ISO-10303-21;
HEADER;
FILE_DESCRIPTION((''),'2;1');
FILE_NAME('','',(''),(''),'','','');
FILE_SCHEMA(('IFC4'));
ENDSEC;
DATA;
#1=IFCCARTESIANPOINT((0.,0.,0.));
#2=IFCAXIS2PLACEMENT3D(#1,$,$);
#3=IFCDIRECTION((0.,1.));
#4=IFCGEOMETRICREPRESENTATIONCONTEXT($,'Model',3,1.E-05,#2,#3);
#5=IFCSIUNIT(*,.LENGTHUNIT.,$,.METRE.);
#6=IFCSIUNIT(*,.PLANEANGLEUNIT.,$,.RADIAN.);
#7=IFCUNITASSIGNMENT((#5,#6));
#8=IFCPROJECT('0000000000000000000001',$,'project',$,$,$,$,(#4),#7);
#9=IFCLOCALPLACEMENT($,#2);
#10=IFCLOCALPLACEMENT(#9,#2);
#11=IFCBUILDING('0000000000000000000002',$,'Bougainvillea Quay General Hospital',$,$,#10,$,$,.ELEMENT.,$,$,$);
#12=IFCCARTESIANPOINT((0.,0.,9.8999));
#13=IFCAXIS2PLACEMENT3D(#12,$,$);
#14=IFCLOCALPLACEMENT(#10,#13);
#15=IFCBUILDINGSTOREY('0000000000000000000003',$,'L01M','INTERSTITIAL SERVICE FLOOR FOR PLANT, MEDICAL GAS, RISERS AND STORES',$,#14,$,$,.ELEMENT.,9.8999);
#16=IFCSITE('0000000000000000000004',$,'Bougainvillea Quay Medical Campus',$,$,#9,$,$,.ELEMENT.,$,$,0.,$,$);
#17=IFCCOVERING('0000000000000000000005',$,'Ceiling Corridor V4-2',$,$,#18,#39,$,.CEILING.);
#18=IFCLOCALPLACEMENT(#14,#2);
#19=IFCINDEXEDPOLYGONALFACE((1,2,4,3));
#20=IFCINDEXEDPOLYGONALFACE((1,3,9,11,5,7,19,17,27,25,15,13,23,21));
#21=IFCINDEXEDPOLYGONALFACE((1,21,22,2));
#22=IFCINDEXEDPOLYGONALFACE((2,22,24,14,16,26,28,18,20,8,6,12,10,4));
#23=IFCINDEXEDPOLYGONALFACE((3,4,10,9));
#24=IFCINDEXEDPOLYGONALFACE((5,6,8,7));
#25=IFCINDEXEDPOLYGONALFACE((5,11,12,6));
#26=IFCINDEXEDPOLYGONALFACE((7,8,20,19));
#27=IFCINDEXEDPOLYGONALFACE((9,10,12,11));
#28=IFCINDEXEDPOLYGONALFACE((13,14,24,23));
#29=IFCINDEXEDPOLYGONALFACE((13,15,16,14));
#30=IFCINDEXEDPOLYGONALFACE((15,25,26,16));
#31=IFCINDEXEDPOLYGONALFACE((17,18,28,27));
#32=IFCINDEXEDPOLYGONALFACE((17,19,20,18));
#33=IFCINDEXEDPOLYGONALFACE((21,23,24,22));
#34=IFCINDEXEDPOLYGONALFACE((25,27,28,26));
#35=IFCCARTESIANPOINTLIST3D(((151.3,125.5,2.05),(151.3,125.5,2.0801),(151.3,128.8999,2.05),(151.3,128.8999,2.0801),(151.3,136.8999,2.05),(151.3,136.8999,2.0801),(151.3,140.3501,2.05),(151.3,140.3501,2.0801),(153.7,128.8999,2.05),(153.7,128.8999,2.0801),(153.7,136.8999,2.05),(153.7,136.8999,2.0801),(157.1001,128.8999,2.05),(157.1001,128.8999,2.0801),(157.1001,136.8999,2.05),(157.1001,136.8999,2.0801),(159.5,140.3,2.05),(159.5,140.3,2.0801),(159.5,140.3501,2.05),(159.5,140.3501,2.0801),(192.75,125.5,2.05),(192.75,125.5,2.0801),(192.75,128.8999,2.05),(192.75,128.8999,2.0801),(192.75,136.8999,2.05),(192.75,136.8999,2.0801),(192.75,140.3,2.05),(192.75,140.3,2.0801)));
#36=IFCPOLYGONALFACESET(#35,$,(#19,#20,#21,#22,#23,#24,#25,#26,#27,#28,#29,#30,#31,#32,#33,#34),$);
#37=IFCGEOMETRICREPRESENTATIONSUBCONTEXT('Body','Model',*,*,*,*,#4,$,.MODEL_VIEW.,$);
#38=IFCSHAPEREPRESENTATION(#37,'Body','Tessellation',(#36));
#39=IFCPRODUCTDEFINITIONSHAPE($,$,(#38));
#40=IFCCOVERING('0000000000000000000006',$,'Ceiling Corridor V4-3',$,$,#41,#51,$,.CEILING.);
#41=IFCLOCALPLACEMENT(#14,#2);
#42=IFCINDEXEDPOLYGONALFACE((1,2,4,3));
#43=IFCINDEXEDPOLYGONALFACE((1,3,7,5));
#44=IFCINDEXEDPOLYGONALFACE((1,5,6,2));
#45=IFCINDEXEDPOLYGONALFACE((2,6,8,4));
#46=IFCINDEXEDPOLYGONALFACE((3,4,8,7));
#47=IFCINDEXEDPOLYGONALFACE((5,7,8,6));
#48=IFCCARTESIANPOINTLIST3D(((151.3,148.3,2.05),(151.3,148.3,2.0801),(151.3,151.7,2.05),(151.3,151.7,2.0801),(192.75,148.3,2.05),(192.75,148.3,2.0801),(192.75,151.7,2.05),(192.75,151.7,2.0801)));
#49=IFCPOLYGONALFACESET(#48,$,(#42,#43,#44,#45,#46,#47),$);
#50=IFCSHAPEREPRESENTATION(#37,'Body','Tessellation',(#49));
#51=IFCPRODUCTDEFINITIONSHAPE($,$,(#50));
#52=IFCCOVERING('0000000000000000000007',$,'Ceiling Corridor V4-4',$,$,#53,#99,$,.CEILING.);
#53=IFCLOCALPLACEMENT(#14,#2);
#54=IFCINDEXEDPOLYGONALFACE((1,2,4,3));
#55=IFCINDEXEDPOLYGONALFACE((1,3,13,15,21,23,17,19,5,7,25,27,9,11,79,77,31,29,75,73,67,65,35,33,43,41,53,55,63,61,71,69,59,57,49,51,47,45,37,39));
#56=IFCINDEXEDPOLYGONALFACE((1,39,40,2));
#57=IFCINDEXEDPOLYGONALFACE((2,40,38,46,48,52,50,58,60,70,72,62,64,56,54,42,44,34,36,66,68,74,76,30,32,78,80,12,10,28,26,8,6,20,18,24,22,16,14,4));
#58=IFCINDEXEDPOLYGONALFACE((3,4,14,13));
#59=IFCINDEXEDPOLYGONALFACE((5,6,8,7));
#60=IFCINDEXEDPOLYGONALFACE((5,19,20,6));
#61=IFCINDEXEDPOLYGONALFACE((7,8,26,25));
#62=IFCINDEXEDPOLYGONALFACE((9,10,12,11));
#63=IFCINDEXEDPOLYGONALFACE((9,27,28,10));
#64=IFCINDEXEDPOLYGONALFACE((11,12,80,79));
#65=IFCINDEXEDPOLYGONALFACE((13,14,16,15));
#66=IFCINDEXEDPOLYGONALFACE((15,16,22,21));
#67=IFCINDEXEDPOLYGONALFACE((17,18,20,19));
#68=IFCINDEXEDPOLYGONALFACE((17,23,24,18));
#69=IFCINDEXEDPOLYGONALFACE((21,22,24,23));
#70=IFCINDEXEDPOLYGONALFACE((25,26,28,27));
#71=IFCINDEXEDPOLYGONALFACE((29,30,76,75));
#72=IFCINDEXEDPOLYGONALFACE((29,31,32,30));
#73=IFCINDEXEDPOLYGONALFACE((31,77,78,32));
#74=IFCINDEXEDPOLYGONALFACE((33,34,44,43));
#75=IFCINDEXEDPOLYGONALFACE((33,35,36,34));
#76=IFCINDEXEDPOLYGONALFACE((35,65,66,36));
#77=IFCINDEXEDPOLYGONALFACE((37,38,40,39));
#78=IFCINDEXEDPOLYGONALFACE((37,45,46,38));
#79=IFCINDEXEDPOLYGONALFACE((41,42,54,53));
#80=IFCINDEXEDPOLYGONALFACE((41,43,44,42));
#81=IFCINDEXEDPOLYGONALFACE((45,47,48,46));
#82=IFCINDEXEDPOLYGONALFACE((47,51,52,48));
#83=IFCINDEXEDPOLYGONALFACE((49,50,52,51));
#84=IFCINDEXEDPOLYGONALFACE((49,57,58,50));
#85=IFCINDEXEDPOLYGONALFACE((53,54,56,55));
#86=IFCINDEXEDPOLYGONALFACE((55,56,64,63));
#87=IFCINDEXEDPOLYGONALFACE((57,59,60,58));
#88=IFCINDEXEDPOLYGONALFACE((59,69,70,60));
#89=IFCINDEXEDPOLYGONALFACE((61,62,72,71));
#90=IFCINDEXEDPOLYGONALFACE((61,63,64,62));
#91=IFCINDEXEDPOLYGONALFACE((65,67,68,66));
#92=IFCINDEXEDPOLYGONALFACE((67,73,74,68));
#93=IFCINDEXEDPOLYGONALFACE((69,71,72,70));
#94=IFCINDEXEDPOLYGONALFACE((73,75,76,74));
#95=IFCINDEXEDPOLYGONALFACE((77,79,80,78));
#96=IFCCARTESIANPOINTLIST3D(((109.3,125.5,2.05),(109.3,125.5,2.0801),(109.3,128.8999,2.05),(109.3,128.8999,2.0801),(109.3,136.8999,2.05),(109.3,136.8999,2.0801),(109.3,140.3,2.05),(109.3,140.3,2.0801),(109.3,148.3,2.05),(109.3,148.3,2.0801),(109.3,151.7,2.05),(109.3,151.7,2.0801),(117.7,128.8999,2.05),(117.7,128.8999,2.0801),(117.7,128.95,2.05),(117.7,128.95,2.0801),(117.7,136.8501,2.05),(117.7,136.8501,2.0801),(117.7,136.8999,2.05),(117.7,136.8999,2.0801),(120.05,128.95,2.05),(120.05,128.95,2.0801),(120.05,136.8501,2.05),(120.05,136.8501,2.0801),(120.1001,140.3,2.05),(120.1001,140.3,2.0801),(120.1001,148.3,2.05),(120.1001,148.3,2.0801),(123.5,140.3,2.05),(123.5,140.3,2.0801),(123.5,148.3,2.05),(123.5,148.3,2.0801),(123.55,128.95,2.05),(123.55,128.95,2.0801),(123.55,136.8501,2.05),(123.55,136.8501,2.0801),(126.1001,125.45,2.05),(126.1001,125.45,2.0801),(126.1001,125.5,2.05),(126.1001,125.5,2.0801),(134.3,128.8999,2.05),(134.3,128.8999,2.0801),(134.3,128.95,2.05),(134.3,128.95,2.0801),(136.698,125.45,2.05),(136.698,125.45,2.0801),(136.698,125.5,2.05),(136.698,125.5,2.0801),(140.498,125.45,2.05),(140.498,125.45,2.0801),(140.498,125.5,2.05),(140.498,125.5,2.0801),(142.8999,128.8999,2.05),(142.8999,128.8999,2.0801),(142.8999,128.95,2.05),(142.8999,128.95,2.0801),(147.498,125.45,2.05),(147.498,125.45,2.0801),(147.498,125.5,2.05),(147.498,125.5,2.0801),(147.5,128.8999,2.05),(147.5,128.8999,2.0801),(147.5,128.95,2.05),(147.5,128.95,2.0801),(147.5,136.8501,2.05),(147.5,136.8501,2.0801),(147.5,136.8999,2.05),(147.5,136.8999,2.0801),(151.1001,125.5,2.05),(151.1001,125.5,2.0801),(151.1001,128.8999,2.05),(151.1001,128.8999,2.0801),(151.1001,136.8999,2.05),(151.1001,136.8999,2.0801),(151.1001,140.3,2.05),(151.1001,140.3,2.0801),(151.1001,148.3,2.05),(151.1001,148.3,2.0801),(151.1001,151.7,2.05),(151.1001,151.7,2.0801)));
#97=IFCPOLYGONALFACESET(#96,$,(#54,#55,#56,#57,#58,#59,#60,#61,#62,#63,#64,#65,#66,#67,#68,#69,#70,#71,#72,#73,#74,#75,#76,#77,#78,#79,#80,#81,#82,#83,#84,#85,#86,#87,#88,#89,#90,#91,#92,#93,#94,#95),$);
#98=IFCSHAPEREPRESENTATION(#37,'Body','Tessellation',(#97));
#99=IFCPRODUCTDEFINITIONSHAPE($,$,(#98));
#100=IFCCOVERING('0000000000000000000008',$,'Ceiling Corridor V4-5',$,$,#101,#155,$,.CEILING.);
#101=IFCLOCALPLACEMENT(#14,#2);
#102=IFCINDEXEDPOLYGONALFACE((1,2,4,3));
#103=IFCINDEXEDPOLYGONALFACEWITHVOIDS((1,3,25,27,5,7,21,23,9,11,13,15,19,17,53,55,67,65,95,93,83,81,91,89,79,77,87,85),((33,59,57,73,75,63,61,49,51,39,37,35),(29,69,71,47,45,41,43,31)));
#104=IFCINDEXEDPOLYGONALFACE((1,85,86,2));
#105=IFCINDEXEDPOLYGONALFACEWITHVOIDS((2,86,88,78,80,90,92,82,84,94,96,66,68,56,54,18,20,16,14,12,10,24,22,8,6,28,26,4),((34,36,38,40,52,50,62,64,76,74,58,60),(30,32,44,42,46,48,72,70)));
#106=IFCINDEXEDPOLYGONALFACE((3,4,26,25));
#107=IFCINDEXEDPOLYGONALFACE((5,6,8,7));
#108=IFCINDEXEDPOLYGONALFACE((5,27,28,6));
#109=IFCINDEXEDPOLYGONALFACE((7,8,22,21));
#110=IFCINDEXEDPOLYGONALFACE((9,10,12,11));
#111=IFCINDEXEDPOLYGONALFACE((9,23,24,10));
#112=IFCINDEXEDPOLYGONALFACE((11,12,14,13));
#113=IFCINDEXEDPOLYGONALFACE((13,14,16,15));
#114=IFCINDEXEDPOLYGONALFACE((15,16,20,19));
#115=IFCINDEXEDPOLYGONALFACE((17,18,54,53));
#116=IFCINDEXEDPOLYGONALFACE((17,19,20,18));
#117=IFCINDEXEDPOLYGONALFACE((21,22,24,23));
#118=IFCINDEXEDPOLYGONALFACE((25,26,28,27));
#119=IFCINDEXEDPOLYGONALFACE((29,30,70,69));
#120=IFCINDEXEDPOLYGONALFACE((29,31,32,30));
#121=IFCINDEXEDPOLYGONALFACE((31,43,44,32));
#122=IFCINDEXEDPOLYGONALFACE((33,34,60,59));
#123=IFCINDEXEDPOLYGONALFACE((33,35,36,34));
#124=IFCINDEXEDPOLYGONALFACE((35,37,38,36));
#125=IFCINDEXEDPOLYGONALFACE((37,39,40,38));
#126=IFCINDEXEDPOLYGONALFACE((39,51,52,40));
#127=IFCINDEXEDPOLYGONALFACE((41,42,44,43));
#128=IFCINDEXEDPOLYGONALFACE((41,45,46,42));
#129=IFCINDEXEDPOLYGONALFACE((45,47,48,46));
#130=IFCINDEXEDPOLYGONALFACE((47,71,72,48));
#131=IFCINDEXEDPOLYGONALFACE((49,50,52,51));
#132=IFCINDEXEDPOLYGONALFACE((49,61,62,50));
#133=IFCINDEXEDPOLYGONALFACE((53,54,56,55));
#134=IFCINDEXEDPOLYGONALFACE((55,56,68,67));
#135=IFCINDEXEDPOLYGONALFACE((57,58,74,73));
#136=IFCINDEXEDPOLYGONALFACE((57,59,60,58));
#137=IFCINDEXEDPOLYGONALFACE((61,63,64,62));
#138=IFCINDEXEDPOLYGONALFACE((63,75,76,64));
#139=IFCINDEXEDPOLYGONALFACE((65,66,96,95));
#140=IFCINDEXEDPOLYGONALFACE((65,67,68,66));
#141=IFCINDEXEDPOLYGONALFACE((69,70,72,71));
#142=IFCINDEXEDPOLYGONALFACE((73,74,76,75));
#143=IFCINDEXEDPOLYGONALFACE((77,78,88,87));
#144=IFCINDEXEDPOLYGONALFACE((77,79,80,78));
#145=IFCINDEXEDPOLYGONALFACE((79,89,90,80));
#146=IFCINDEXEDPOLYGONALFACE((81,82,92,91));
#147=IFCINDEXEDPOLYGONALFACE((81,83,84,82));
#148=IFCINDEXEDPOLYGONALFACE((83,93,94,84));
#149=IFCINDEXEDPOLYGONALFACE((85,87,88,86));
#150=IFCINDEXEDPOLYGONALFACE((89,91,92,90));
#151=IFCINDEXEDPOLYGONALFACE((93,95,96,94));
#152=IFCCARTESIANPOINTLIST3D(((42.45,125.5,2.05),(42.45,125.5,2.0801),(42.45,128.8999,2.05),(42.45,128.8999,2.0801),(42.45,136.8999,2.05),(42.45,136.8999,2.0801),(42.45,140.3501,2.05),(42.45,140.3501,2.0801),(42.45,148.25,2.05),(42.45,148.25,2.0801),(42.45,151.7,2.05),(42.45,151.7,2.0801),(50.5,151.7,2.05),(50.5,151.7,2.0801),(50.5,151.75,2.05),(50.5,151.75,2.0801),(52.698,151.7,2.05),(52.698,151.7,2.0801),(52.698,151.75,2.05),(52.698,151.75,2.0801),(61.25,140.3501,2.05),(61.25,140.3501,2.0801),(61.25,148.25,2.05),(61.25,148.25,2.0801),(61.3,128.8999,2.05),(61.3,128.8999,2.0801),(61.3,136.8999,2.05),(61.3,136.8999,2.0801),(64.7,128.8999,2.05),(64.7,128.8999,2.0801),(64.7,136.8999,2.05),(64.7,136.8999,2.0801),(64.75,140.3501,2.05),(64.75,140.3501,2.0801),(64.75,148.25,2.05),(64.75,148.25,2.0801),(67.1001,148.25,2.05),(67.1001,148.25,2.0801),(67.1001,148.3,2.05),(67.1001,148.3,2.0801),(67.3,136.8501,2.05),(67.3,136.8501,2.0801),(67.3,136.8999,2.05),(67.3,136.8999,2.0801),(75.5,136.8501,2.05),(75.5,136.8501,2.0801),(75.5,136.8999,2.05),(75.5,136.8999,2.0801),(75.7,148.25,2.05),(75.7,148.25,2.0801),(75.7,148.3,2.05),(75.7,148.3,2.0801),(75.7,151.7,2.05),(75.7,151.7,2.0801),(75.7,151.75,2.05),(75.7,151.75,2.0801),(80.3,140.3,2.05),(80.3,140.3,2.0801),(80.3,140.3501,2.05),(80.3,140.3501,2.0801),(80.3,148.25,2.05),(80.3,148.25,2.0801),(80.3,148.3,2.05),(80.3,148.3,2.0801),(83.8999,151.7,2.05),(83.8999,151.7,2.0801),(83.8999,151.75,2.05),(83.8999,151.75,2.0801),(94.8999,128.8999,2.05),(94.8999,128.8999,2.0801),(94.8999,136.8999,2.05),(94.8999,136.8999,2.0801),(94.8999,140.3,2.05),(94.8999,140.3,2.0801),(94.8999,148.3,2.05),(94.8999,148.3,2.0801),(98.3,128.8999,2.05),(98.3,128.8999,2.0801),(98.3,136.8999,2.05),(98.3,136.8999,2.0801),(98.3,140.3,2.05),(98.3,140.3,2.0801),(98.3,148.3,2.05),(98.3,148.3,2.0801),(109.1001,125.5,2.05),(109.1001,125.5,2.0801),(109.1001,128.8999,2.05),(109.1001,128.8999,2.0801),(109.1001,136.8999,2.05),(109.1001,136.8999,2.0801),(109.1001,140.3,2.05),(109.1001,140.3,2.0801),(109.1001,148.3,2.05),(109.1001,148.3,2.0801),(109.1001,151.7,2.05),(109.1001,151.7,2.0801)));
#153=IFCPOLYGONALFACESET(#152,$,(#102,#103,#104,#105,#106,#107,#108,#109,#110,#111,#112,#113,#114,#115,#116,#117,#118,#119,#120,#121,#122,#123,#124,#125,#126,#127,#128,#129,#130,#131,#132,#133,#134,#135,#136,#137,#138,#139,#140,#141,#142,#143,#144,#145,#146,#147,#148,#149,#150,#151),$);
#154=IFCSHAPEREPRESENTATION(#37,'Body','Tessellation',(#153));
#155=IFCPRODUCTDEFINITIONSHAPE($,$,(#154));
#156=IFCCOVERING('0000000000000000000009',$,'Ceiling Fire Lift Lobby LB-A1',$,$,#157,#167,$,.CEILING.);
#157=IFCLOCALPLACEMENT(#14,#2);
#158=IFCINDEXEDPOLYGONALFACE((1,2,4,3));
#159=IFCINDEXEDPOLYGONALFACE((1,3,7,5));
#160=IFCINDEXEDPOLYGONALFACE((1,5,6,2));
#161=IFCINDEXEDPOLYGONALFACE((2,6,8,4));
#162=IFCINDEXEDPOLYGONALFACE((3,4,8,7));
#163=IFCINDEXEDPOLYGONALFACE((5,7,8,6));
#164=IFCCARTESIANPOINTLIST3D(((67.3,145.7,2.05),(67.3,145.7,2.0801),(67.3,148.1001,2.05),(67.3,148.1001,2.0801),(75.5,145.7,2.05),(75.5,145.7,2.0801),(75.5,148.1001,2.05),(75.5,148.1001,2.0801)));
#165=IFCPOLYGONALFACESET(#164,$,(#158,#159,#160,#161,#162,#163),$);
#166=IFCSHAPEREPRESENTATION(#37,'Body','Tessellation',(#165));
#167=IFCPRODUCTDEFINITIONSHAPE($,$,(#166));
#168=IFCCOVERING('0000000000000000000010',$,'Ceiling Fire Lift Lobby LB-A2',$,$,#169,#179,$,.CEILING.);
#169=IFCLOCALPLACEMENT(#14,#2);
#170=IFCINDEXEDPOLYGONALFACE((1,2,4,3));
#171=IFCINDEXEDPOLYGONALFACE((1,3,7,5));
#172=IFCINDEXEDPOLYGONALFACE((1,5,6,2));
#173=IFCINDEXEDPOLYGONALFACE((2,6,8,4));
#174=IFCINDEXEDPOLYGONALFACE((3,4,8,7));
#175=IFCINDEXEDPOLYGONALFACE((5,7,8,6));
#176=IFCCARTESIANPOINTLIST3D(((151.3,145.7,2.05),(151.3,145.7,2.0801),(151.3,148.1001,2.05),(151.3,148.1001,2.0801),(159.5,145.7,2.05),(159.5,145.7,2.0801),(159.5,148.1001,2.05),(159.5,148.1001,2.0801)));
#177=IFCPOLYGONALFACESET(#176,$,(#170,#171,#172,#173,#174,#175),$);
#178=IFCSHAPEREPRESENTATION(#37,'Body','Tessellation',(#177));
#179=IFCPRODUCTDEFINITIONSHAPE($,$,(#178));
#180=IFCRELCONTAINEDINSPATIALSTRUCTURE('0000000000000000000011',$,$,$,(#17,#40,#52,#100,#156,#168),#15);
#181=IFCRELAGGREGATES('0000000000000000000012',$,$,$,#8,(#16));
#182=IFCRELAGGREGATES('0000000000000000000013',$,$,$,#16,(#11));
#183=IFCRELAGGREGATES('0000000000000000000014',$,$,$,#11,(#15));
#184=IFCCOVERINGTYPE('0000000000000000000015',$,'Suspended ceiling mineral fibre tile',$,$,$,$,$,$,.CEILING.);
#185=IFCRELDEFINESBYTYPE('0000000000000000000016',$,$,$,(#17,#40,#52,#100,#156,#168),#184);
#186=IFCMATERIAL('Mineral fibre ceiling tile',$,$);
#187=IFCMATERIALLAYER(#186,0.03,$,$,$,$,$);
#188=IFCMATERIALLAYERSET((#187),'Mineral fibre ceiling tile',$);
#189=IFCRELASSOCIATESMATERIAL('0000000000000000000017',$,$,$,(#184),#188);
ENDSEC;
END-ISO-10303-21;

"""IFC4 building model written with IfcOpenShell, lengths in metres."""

from ifc_helpers import new_model, si_unit, direction, frame, origin, place, context, subcontext, project, spatial, polyline, outline, extrude, material, layer, layer_set, type_object, element, save


model = new_model("IFC4")

# Units and contexts
model_context = context("Model", 3, precision=1e-05, world=origin(), true_north=direction((0.0, 1.0)))
body_context = subcontext(model_context, "Body", "Model", "MODEL_VIEW")
ifc_project = project(units=[si_unit("LENGTHUNIT", "METRE"), si_unit("PLANEANGLEUNIT", "RADIAN")], contexts=[model_context])

# Site, building, storey
site_placement = place(None, origin())
site = spatial("IfcSite", under=ifc_project, at=site_placement, Name="Bougainvillea Quay Medical Campus", CompositionType="ELEMENT", RefElevation=0.0)
building_placement = place(site_placement, origin())
building = spatial("IfcBuilding", under=site, at=building_placement, Name="Bougainvillea Quay General Hospital", CompositionType="ELEMENT")
storey_placement = place(building_placement, frame((0.0, 0.0, 9.8999)))
storey = spatial("IfcBuildingStorey", under=building, at=storey_placement, Name="L01M", Description="INTERSTITIAL SERVICE FLOOR FOR PLANT, MEDICAL GAS, RISERS AND STORES", CompositionType="ELEMENT", Elevation=9.8999)

# Coverings
ifc_material = material(Name="Mineral fibre ceiling tile")
ifc_layer = layer(ifc_material, 0.03)
ifc_layer_set = layer_set([ifc_layer], Name="Mineral fibre ceiling tile")
covering_type = type_object("IfcCoveringType", Name="Suspended ceiling mineral fibre tile", PredefinedType="CEILING", material=ifc_layer_set)
covering_1_placement = place(storey_placement, frame((0.0, 0.0, 2.05)))
element("IfcCovering", 1, at=covering_1_placement, inside=storey, type_object=covering_type, Name="Ceiling Corridor V4-2", PredefinedType="CEILING", context=body_context, shape_type="SweptSolid", body=[
    extrude(outline(polyline([(192.75, 136.8999), (192.75, 140.3), (159.5, 140.3), (159.5, 140.3501), (151.3, 140.3501), (151.3, 136.8999), (153.7, 136.8999), (153.7, 128.8999), (151.3, 128.8999), (151.3, 125.5), (192.75, 125.5), (192.75, 128.8999), (157.1001, 128.8999), (157.1001, 136.8999), (192.75, 136.8999)])), origin(), (0.0, 0.0, 1.0), 0.03),
])
covering_2_placement = place(storey_placement, frame((0.0, 0.0, 2.05)))
element("IfcCovering", 2, at=covering_2_placement, inside=storey, type_object=covering_type, Name="Ceiling Corridor V4-3", PredefinedType="CEILING", context=body_context, shape_type="SweptSolid", body=[
    extrude(outline(polyline([(192.75, 148.3), (192.75, 151.7), (151.3, 151.7), (151.3, 148.3), (192.75, 148.3)])), origin(), (0.0, 0.0, 1.0), 0.03),
])
covering_3_placement = place(storey_placement, frame((0.0, 0.0, 2.05)))
element("IfcCovering", 3, at=covering_3_placement, inside=storey, type_object=covering_type, Name="Ceiling Corridor V4-4", PredefinedType="CEILING", context=body_context, shape_type="SweptSolid", body=[
    extrude(outline(polyline([(109.3, 148.3), (120.1001, 148.3), (120.1001, 140.3), (109.3, 140.3), (109.3, 136.8999), (117.7, 136.8999), (117.7, 136.8501), (120.05, 136.8501), (120.05, 128.95), (117.7, 128.95), (117.7, 128.8999), (109.3, 128.8999), (109.3, 125.5), (126.1001, 125.5), (126.1001, 125.45), (136.698, 125.45), (136.698, 125.5), (140.498, 125.5), (140.498, 125.45), (147.498, 125.45), (147.498, 125.5), (151.1001, 125.5), (151.1001, 128.8999), (147.5, 128.8999), (147.5, 128.95), (142.8999, 128.95), (142.8999, 128.8999), (134.3, 128.8999), (134.3, 128.95), (123.55, 128.95), (123.55, 136.8501), (147.5, 136.8501), (147.5, 136.8999), (151.1001, 136.8999), (151.1001, 140.3), (123.5, 140.3), (123.5, 148.3), (151.1001, 148.3), (151.1001, 151.7), (109.3, 151.7), (109.3, 148.3)])), origin(), (0.0, 0.0, 1.0), 0.03),
])
covering_4_placement = place(storey_placement, frame((0.0, 0.0, 2.05)))
element("IfcCovering", 4, at=covering_4_placement, inside=storey, type_object=covering_type, Name="Ceiling Corridor V4-5", PredefinedType="CEILING", context=body_context, shape_type="SweptSolid", body=[
    extrude(outline(polyline([(42.45, 128.8999), (42.45, 125.5), (109.1001, 125.5), (109.1001, 128.8999), (98.3, 128.8999), (98.3, 136.8999), (109.1001, 136.8999), (109.1001, 140.3), (98.3, 140.3), (98.3, 148.3), (109.1001, 148.3), (109.1001, 151.7), (83.8999, 151.7), (83.8999, 151.75), (75.7, 151.75), (75.7, 151.7), (52.698, 151.7), (52.698, 151.75), (50.5, 151.75), (50.5, 151.7), (42.45, 151.7), (42.45, 148.25), (61.25, 148.25), (61.25, 140.3501), (42.45, 140.3501), (42.45, 136.8999), (61.3, 136.8999), (61.3, 128.8999), (42.45, 128.8999)]), holes=[polyline([(64.7, 128.8999), (94.8999, 128.8999), (94.8999, 136.8999), (75.5, 136.8999), (75.5, 136.8501), (67.3, 136.8501), (67.3, 136.8999), (64.7, 136.8999), (64.7, 128.8999)]), polyline([(80.3, 140.3501), (80.3, 140.3), (94.8999, 140.3), (94.8999, 148.3), (80.3, 148.3), (80.3, 148.25), (75.7, 148.25), (75.7, 148.3), (67.1001, 148.3), (67.1001, 148.25), (64.75, 148.25), (64.75, 140.3501), (80.3, 140.3501)])]), origin(), (0.0, 0.0, 1.0), 0.03),
])
covering_5_placement = place(storey_placement, frame((0.0, 0.0, 2.05)))
element("IfcCovering", 5, at=covering_5_placement, inside=storey, type_object=covering_type, Name="Ceiling Fire Lift Lobby LB-A1", PredefinedType="CEILING", context=body_context, shape_type="SweptSolid", body=[
    extrude(outline(polyline([(67.3, 145.7), (75.5, 145.7), (75.5, 148.1001), (67.3, 148.1001), (67.3, 145.7)])), origin(), (0.0, 0.0, 1.0), 0.03),
])
covering_6_placement = place(storey_placement, frame((0.0, 0.0, 2.05)))
element("IfcCovering", 6, at=covering_6_placement, inside=storey, type_object=covering_type, Name="Ceiling Fire Lift Lobby LB-A2", PredefinedType="CEILING", context=body_context, shape_type="SweptSolid", body=[
    extrude(outline(polyline([(159.5, 148.1001), (151.3, 148.1001), (151.3, 145.7), (159.5, 145.7), (159.5, 148.1001)])), origin(), (0.0, 0.0, 1.0), 0.03),
])

save(model, "model.ifc")
